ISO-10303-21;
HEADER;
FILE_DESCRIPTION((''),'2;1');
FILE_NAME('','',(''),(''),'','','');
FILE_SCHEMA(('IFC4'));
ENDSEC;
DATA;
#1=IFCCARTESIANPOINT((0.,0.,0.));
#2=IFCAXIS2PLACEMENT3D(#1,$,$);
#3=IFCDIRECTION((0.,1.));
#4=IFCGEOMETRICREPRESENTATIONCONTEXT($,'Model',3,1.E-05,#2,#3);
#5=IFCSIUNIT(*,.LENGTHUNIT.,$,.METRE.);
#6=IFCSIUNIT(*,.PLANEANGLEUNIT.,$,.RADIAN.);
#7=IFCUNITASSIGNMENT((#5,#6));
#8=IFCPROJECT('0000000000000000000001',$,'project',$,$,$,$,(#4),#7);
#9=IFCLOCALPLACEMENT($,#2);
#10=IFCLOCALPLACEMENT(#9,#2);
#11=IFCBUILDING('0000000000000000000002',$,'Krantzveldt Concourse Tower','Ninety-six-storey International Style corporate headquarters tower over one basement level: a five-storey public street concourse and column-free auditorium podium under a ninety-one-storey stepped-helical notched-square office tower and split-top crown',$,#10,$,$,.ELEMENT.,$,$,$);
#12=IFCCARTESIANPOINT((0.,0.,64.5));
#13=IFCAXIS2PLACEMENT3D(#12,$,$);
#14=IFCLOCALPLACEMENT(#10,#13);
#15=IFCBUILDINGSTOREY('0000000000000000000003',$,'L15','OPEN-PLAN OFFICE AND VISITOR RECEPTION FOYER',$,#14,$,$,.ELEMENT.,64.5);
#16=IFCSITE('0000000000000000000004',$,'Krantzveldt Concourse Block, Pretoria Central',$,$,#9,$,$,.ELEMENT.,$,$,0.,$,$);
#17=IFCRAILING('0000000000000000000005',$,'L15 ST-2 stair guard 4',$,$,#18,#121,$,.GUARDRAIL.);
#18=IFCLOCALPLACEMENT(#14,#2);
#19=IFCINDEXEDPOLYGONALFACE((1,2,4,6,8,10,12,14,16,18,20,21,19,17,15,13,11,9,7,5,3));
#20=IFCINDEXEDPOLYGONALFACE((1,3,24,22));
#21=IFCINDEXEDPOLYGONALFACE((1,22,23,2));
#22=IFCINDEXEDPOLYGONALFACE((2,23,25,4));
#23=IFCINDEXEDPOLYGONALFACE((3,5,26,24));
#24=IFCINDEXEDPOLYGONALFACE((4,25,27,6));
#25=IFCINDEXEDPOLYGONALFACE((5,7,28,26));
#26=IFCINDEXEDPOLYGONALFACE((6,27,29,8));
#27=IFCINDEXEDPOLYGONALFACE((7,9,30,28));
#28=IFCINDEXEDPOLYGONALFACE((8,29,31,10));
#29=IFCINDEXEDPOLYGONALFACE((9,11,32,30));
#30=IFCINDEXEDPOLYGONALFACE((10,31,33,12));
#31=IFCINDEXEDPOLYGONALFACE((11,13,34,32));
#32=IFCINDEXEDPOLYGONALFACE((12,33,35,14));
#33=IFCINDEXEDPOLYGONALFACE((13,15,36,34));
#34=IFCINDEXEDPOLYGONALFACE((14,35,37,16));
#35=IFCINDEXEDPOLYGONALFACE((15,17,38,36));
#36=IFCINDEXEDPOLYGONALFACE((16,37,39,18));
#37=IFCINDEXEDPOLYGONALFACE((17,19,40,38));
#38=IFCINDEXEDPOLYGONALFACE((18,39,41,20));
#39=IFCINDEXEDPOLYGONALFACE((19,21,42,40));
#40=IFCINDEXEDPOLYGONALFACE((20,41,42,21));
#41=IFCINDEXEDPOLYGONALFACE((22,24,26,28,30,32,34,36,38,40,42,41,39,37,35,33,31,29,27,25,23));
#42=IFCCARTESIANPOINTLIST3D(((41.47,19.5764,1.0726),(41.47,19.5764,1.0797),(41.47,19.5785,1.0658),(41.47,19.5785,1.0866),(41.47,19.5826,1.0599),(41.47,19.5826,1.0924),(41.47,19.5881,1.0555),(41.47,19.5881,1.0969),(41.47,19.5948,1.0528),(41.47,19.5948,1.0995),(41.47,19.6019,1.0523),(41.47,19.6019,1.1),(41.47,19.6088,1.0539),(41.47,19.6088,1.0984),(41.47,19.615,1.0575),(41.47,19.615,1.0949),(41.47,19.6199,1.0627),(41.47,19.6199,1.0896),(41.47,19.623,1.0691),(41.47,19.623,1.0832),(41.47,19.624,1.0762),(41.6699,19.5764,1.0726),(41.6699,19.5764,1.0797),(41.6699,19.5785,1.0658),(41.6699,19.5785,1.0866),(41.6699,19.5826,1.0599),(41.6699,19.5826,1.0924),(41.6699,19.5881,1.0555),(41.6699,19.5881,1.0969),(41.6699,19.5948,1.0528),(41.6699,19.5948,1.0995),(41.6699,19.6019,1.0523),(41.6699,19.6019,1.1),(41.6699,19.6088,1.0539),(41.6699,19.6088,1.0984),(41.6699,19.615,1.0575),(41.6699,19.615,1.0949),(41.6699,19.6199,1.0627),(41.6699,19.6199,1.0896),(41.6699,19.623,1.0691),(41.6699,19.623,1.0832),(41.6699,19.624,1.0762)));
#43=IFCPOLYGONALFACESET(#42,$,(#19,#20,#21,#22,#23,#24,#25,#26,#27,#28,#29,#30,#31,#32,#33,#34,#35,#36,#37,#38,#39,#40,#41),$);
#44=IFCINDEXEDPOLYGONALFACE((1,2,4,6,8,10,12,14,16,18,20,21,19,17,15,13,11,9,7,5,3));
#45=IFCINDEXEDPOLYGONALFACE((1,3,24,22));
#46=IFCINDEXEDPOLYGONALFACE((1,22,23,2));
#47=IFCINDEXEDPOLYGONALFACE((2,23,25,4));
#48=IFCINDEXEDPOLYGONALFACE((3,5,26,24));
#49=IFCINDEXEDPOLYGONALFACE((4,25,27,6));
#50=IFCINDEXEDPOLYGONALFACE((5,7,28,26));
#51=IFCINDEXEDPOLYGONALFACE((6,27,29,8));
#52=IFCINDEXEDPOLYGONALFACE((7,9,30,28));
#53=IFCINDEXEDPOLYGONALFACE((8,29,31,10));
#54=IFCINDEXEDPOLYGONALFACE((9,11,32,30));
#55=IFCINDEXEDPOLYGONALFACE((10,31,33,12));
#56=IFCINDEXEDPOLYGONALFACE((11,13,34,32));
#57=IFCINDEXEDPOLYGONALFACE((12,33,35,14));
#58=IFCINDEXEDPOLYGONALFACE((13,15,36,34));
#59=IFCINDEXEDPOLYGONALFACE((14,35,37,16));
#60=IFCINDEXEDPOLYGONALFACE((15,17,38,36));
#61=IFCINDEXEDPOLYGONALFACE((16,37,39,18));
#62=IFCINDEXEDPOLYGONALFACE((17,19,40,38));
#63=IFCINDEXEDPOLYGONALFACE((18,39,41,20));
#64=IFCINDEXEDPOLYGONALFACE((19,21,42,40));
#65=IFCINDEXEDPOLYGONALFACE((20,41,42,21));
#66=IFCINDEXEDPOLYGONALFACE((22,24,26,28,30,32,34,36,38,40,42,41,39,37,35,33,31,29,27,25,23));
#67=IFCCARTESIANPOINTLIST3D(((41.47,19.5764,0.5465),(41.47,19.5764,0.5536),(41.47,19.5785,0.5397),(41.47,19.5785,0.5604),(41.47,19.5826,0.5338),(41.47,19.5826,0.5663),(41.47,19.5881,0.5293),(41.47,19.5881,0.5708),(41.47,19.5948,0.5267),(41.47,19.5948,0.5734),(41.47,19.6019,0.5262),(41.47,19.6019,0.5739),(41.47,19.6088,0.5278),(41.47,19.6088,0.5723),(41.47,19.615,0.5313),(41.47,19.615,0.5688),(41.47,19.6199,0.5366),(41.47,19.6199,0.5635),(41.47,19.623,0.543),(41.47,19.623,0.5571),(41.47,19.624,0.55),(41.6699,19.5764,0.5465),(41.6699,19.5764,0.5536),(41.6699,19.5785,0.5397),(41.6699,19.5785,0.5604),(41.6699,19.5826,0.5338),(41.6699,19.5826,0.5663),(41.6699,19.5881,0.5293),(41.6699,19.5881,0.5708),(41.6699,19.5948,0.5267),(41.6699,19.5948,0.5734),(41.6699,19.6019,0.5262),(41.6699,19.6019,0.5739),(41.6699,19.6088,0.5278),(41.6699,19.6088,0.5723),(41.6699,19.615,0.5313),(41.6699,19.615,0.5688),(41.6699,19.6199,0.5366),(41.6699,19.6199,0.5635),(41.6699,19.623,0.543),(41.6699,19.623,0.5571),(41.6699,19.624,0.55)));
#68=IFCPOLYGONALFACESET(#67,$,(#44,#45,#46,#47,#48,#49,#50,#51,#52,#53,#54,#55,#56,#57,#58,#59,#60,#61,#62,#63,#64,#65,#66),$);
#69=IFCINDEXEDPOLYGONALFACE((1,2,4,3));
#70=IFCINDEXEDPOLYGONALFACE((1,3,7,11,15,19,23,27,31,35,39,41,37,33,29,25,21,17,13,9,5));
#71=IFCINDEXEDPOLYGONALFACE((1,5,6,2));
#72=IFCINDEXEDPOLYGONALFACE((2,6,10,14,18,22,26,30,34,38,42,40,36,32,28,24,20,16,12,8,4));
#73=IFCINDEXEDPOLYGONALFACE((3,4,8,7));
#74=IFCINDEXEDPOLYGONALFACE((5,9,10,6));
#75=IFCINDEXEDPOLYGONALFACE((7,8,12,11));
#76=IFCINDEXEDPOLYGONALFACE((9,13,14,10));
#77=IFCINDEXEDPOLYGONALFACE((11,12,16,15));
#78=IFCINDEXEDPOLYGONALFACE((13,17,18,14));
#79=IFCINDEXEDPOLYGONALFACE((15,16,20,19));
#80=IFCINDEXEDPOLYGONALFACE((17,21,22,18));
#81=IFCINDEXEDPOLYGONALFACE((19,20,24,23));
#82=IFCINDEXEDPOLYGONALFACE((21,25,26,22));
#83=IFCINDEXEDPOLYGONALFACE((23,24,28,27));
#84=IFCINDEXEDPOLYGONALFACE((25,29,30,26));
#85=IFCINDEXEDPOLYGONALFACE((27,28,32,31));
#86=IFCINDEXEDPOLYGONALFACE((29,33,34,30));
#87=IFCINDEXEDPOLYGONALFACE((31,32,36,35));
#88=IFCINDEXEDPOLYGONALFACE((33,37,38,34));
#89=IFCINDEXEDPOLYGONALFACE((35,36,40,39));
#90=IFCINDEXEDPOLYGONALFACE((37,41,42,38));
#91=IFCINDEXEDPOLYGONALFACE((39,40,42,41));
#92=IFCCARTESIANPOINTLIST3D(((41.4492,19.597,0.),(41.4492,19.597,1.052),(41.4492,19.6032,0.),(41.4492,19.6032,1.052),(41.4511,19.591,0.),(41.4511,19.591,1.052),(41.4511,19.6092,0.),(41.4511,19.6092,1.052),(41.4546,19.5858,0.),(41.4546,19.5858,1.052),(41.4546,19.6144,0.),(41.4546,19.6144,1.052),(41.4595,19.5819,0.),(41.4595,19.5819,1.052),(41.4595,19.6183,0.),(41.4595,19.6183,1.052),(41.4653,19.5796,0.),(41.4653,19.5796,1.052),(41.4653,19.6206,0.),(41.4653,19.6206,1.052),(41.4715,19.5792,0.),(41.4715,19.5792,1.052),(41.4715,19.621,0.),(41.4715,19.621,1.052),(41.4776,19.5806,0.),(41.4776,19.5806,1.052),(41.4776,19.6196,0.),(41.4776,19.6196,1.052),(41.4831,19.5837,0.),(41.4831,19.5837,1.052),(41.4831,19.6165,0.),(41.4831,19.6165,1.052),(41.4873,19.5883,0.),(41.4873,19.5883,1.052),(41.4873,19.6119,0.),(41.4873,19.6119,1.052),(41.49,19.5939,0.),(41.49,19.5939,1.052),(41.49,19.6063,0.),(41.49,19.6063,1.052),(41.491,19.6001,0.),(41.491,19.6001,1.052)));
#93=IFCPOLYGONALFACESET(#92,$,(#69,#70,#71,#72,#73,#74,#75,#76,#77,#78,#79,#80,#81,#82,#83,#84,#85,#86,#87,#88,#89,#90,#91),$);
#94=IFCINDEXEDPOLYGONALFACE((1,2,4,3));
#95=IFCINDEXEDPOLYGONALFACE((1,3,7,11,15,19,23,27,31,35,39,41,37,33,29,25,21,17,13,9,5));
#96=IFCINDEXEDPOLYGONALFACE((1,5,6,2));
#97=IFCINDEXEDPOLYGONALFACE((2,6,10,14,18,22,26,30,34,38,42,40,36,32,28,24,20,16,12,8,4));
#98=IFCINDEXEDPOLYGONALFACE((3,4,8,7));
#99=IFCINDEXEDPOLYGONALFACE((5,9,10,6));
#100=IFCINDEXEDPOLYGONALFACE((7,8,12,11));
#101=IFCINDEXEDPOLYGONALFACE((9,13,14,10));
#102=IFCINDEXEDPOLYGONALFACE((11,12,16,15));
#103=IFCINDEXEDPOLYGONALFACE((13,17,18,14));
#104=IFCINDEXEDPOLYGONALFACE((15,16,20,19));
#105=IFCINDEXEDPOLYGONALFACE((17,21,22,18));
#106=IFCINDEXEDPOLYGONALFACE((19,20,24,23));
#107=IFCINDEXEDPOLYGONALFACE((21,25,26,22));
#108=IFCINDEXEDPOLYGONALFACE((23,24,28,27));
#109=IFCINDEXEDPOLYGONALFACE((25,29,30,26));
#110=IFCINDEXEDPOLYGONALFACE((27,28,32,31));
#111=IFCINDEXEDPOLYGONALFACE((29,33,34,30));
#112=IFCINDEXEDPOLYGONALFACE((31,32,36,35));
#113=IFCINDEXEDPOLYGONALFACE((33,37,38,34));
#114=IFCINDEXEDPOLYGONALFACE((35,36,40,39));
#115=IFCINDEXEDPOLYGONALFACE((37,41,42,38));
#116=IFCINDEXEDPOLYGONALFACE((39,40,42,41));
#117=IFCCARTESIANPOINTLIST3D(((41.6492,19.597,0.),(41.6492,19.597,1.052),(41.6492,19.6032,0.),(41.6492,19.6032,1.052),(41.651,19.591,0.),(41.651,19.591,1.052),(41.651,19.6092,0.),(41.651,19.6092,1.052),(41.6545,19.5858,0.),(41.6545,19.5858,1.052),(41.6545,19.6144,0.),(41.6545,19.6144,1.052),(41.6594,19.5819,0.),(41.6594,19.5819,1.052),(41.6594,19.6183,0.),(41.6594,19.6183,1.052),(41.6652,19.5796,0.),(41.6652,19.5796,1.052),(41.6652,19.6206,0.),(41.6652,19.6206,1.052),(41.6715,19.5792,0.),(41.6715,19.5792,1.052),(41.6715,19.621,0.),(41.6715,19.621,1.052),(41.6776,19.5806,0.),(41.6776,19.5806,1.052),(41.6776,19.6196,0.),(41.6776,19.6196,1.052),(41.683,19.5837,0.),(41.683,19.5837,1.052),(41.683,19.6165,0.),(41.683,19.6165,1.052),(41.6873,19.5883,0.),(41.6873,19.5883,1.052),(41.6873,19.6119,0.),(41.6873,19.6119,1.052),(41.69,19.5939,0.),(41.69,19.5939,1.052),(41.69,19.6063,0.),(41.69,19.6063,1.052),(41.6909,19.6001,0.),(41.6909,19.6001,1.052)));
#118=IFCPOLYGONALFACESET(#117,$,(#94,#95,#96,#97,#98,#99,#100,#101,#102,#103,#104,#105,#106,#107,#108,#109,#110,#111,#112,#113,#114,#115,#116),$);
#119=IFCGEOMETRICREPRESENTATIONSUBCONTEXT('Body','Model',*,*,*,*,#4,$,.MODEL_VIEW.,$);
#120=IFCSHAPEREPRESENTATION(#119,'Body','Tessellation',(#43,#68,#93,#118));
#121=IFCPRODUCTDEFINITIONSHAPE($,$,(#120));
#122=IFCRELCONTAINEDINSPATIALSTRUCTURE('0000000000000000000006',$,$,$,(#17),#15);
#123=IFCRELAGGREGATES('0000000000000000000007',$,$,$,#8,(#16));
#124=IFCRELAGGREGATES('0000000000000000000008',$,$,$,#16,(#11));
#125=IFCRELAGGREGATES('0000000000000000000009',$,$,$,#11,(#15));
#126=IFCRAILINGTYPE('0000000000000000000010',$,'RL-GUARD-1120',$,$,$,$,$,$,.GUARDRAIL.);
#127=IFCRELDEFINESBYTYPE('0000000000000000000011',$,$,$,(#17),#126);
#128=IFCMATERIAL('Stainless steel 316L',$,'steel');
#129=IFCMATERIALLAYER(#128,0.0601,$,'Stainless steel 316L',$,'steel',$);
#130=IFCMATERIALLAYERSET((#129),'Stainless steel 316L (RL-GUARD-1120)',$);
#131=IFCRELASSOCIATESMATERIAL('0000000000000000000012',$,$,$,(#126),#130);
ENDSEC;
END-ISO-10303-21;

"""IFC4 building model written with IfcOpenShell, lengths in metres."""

from ifc_helpers import new_model, si_unit, direction, frame, origin, origin_2d, place, context, subcontext, project, spatial, circle, extrude, material, layer, layer_set, type_object, element, save


model = new_model("IFC4")

# Units and contexts
model_context = context("Model", 3, precision=1e-05, world=origin(), true_north=direction((0.0, 1.0)))
body_context = subcontext(model_context, "Body", "Model", "MODEL_VIEW")
ifc_project = project(units=[si_unit("LENGTHUNIT", "METRE"), si_unit("PLANEANGLEUNIT", "RADIAN")], contexts=[model_context])

# Site, building, storey
site_placement = place(None, origin())
site = spatial("IfcSite", under=ifc_project, at=site_placement, Name="Krantzveldt Concourse Block, Pretoria Central", CompositionType="ELEMENT", RefElevation=0.0)
building_placement = place(site_placement, origin())
building = spatial("IfcBuilding", under=site, at=building_placement, Name="Krantzveldt Concourse Tower", Description="Ninety-six-storey International Style corporate headquarters tower over one basement level: a five-storey public street concourse and column-free auditorium podium under a ninety-one-storey stepped-helical notched-square office tower and split-top crown", CompositionType="ELEMENT")
storey_placement = place(building_placement, frame((0.0, 0.0, 64.5)))
storey = spatial("IfcBuildingStorey", under=building, at=storey_placement, Name="L15", Description="OPEN-PLAN OFFICE AND VISITOR RECEPTION FOYER", CompositionType="ELEMENT", Elevation=64.5)

# Shared definitions
ifc_material_1 = material(Name="Stainless steel 316L", Category="steel")

# Railing
ifc_layer_1 = layer(ifc_material_1, 0.0601, Name="Stainless steel 316L", Category="steel")
ifc_layer_set_1 = layer_set([ifc_layer_1], Name="Stainless steel 316L (RL-GUARD-1120)")
railing_type_1 = type_object("IfcRailingType", Name="RL-GUARD-1120", PredefinedType="GUARDRAIL", material=ifc_layer_set_1)
railing_1_placement = place(storey_placement, frame((41.47, 19.6001, 0.0)))
element("IfcRailing", 1, at=railing_1_placement, inside=storey, type_object=railing_type_1, Name="L15 ST-2 stair guard 4", PredefinedType="GUARDRAIL", context=body_context, shape_type="SweptSolid", body=[
    extrude(circle(Radius=0.0239, at=origin_2d()), frame((0.0, 0.0, 1.0762), z_axis=(1.0, 0.0, 0.0), x_axis=(0.0, 1.0, 0.0)), (0.0, 0.0, 1.0), 0.2),
    extrude(circle(Radius=0.0239, at=origin_2d()), frame((0.0, 0.0, 0.55), z_axis=(1.0, 0.0, 0.0), x_axis=(0.0, 1.0, 0.0)), (0.0, 0.0, 1.0), 0.2),
    extrude(circle(Radius=0.021, at=origin_2d()), origin(), (0.0, 0.0, 1.0), 1.052),
    extrude(circle(Radius=0.021, at=origin_2d()), frame((0.2, 0.0, 0.0)), (0.0, 0.0, 1.0), 1.052),
])

save(model, "model.ifc")
